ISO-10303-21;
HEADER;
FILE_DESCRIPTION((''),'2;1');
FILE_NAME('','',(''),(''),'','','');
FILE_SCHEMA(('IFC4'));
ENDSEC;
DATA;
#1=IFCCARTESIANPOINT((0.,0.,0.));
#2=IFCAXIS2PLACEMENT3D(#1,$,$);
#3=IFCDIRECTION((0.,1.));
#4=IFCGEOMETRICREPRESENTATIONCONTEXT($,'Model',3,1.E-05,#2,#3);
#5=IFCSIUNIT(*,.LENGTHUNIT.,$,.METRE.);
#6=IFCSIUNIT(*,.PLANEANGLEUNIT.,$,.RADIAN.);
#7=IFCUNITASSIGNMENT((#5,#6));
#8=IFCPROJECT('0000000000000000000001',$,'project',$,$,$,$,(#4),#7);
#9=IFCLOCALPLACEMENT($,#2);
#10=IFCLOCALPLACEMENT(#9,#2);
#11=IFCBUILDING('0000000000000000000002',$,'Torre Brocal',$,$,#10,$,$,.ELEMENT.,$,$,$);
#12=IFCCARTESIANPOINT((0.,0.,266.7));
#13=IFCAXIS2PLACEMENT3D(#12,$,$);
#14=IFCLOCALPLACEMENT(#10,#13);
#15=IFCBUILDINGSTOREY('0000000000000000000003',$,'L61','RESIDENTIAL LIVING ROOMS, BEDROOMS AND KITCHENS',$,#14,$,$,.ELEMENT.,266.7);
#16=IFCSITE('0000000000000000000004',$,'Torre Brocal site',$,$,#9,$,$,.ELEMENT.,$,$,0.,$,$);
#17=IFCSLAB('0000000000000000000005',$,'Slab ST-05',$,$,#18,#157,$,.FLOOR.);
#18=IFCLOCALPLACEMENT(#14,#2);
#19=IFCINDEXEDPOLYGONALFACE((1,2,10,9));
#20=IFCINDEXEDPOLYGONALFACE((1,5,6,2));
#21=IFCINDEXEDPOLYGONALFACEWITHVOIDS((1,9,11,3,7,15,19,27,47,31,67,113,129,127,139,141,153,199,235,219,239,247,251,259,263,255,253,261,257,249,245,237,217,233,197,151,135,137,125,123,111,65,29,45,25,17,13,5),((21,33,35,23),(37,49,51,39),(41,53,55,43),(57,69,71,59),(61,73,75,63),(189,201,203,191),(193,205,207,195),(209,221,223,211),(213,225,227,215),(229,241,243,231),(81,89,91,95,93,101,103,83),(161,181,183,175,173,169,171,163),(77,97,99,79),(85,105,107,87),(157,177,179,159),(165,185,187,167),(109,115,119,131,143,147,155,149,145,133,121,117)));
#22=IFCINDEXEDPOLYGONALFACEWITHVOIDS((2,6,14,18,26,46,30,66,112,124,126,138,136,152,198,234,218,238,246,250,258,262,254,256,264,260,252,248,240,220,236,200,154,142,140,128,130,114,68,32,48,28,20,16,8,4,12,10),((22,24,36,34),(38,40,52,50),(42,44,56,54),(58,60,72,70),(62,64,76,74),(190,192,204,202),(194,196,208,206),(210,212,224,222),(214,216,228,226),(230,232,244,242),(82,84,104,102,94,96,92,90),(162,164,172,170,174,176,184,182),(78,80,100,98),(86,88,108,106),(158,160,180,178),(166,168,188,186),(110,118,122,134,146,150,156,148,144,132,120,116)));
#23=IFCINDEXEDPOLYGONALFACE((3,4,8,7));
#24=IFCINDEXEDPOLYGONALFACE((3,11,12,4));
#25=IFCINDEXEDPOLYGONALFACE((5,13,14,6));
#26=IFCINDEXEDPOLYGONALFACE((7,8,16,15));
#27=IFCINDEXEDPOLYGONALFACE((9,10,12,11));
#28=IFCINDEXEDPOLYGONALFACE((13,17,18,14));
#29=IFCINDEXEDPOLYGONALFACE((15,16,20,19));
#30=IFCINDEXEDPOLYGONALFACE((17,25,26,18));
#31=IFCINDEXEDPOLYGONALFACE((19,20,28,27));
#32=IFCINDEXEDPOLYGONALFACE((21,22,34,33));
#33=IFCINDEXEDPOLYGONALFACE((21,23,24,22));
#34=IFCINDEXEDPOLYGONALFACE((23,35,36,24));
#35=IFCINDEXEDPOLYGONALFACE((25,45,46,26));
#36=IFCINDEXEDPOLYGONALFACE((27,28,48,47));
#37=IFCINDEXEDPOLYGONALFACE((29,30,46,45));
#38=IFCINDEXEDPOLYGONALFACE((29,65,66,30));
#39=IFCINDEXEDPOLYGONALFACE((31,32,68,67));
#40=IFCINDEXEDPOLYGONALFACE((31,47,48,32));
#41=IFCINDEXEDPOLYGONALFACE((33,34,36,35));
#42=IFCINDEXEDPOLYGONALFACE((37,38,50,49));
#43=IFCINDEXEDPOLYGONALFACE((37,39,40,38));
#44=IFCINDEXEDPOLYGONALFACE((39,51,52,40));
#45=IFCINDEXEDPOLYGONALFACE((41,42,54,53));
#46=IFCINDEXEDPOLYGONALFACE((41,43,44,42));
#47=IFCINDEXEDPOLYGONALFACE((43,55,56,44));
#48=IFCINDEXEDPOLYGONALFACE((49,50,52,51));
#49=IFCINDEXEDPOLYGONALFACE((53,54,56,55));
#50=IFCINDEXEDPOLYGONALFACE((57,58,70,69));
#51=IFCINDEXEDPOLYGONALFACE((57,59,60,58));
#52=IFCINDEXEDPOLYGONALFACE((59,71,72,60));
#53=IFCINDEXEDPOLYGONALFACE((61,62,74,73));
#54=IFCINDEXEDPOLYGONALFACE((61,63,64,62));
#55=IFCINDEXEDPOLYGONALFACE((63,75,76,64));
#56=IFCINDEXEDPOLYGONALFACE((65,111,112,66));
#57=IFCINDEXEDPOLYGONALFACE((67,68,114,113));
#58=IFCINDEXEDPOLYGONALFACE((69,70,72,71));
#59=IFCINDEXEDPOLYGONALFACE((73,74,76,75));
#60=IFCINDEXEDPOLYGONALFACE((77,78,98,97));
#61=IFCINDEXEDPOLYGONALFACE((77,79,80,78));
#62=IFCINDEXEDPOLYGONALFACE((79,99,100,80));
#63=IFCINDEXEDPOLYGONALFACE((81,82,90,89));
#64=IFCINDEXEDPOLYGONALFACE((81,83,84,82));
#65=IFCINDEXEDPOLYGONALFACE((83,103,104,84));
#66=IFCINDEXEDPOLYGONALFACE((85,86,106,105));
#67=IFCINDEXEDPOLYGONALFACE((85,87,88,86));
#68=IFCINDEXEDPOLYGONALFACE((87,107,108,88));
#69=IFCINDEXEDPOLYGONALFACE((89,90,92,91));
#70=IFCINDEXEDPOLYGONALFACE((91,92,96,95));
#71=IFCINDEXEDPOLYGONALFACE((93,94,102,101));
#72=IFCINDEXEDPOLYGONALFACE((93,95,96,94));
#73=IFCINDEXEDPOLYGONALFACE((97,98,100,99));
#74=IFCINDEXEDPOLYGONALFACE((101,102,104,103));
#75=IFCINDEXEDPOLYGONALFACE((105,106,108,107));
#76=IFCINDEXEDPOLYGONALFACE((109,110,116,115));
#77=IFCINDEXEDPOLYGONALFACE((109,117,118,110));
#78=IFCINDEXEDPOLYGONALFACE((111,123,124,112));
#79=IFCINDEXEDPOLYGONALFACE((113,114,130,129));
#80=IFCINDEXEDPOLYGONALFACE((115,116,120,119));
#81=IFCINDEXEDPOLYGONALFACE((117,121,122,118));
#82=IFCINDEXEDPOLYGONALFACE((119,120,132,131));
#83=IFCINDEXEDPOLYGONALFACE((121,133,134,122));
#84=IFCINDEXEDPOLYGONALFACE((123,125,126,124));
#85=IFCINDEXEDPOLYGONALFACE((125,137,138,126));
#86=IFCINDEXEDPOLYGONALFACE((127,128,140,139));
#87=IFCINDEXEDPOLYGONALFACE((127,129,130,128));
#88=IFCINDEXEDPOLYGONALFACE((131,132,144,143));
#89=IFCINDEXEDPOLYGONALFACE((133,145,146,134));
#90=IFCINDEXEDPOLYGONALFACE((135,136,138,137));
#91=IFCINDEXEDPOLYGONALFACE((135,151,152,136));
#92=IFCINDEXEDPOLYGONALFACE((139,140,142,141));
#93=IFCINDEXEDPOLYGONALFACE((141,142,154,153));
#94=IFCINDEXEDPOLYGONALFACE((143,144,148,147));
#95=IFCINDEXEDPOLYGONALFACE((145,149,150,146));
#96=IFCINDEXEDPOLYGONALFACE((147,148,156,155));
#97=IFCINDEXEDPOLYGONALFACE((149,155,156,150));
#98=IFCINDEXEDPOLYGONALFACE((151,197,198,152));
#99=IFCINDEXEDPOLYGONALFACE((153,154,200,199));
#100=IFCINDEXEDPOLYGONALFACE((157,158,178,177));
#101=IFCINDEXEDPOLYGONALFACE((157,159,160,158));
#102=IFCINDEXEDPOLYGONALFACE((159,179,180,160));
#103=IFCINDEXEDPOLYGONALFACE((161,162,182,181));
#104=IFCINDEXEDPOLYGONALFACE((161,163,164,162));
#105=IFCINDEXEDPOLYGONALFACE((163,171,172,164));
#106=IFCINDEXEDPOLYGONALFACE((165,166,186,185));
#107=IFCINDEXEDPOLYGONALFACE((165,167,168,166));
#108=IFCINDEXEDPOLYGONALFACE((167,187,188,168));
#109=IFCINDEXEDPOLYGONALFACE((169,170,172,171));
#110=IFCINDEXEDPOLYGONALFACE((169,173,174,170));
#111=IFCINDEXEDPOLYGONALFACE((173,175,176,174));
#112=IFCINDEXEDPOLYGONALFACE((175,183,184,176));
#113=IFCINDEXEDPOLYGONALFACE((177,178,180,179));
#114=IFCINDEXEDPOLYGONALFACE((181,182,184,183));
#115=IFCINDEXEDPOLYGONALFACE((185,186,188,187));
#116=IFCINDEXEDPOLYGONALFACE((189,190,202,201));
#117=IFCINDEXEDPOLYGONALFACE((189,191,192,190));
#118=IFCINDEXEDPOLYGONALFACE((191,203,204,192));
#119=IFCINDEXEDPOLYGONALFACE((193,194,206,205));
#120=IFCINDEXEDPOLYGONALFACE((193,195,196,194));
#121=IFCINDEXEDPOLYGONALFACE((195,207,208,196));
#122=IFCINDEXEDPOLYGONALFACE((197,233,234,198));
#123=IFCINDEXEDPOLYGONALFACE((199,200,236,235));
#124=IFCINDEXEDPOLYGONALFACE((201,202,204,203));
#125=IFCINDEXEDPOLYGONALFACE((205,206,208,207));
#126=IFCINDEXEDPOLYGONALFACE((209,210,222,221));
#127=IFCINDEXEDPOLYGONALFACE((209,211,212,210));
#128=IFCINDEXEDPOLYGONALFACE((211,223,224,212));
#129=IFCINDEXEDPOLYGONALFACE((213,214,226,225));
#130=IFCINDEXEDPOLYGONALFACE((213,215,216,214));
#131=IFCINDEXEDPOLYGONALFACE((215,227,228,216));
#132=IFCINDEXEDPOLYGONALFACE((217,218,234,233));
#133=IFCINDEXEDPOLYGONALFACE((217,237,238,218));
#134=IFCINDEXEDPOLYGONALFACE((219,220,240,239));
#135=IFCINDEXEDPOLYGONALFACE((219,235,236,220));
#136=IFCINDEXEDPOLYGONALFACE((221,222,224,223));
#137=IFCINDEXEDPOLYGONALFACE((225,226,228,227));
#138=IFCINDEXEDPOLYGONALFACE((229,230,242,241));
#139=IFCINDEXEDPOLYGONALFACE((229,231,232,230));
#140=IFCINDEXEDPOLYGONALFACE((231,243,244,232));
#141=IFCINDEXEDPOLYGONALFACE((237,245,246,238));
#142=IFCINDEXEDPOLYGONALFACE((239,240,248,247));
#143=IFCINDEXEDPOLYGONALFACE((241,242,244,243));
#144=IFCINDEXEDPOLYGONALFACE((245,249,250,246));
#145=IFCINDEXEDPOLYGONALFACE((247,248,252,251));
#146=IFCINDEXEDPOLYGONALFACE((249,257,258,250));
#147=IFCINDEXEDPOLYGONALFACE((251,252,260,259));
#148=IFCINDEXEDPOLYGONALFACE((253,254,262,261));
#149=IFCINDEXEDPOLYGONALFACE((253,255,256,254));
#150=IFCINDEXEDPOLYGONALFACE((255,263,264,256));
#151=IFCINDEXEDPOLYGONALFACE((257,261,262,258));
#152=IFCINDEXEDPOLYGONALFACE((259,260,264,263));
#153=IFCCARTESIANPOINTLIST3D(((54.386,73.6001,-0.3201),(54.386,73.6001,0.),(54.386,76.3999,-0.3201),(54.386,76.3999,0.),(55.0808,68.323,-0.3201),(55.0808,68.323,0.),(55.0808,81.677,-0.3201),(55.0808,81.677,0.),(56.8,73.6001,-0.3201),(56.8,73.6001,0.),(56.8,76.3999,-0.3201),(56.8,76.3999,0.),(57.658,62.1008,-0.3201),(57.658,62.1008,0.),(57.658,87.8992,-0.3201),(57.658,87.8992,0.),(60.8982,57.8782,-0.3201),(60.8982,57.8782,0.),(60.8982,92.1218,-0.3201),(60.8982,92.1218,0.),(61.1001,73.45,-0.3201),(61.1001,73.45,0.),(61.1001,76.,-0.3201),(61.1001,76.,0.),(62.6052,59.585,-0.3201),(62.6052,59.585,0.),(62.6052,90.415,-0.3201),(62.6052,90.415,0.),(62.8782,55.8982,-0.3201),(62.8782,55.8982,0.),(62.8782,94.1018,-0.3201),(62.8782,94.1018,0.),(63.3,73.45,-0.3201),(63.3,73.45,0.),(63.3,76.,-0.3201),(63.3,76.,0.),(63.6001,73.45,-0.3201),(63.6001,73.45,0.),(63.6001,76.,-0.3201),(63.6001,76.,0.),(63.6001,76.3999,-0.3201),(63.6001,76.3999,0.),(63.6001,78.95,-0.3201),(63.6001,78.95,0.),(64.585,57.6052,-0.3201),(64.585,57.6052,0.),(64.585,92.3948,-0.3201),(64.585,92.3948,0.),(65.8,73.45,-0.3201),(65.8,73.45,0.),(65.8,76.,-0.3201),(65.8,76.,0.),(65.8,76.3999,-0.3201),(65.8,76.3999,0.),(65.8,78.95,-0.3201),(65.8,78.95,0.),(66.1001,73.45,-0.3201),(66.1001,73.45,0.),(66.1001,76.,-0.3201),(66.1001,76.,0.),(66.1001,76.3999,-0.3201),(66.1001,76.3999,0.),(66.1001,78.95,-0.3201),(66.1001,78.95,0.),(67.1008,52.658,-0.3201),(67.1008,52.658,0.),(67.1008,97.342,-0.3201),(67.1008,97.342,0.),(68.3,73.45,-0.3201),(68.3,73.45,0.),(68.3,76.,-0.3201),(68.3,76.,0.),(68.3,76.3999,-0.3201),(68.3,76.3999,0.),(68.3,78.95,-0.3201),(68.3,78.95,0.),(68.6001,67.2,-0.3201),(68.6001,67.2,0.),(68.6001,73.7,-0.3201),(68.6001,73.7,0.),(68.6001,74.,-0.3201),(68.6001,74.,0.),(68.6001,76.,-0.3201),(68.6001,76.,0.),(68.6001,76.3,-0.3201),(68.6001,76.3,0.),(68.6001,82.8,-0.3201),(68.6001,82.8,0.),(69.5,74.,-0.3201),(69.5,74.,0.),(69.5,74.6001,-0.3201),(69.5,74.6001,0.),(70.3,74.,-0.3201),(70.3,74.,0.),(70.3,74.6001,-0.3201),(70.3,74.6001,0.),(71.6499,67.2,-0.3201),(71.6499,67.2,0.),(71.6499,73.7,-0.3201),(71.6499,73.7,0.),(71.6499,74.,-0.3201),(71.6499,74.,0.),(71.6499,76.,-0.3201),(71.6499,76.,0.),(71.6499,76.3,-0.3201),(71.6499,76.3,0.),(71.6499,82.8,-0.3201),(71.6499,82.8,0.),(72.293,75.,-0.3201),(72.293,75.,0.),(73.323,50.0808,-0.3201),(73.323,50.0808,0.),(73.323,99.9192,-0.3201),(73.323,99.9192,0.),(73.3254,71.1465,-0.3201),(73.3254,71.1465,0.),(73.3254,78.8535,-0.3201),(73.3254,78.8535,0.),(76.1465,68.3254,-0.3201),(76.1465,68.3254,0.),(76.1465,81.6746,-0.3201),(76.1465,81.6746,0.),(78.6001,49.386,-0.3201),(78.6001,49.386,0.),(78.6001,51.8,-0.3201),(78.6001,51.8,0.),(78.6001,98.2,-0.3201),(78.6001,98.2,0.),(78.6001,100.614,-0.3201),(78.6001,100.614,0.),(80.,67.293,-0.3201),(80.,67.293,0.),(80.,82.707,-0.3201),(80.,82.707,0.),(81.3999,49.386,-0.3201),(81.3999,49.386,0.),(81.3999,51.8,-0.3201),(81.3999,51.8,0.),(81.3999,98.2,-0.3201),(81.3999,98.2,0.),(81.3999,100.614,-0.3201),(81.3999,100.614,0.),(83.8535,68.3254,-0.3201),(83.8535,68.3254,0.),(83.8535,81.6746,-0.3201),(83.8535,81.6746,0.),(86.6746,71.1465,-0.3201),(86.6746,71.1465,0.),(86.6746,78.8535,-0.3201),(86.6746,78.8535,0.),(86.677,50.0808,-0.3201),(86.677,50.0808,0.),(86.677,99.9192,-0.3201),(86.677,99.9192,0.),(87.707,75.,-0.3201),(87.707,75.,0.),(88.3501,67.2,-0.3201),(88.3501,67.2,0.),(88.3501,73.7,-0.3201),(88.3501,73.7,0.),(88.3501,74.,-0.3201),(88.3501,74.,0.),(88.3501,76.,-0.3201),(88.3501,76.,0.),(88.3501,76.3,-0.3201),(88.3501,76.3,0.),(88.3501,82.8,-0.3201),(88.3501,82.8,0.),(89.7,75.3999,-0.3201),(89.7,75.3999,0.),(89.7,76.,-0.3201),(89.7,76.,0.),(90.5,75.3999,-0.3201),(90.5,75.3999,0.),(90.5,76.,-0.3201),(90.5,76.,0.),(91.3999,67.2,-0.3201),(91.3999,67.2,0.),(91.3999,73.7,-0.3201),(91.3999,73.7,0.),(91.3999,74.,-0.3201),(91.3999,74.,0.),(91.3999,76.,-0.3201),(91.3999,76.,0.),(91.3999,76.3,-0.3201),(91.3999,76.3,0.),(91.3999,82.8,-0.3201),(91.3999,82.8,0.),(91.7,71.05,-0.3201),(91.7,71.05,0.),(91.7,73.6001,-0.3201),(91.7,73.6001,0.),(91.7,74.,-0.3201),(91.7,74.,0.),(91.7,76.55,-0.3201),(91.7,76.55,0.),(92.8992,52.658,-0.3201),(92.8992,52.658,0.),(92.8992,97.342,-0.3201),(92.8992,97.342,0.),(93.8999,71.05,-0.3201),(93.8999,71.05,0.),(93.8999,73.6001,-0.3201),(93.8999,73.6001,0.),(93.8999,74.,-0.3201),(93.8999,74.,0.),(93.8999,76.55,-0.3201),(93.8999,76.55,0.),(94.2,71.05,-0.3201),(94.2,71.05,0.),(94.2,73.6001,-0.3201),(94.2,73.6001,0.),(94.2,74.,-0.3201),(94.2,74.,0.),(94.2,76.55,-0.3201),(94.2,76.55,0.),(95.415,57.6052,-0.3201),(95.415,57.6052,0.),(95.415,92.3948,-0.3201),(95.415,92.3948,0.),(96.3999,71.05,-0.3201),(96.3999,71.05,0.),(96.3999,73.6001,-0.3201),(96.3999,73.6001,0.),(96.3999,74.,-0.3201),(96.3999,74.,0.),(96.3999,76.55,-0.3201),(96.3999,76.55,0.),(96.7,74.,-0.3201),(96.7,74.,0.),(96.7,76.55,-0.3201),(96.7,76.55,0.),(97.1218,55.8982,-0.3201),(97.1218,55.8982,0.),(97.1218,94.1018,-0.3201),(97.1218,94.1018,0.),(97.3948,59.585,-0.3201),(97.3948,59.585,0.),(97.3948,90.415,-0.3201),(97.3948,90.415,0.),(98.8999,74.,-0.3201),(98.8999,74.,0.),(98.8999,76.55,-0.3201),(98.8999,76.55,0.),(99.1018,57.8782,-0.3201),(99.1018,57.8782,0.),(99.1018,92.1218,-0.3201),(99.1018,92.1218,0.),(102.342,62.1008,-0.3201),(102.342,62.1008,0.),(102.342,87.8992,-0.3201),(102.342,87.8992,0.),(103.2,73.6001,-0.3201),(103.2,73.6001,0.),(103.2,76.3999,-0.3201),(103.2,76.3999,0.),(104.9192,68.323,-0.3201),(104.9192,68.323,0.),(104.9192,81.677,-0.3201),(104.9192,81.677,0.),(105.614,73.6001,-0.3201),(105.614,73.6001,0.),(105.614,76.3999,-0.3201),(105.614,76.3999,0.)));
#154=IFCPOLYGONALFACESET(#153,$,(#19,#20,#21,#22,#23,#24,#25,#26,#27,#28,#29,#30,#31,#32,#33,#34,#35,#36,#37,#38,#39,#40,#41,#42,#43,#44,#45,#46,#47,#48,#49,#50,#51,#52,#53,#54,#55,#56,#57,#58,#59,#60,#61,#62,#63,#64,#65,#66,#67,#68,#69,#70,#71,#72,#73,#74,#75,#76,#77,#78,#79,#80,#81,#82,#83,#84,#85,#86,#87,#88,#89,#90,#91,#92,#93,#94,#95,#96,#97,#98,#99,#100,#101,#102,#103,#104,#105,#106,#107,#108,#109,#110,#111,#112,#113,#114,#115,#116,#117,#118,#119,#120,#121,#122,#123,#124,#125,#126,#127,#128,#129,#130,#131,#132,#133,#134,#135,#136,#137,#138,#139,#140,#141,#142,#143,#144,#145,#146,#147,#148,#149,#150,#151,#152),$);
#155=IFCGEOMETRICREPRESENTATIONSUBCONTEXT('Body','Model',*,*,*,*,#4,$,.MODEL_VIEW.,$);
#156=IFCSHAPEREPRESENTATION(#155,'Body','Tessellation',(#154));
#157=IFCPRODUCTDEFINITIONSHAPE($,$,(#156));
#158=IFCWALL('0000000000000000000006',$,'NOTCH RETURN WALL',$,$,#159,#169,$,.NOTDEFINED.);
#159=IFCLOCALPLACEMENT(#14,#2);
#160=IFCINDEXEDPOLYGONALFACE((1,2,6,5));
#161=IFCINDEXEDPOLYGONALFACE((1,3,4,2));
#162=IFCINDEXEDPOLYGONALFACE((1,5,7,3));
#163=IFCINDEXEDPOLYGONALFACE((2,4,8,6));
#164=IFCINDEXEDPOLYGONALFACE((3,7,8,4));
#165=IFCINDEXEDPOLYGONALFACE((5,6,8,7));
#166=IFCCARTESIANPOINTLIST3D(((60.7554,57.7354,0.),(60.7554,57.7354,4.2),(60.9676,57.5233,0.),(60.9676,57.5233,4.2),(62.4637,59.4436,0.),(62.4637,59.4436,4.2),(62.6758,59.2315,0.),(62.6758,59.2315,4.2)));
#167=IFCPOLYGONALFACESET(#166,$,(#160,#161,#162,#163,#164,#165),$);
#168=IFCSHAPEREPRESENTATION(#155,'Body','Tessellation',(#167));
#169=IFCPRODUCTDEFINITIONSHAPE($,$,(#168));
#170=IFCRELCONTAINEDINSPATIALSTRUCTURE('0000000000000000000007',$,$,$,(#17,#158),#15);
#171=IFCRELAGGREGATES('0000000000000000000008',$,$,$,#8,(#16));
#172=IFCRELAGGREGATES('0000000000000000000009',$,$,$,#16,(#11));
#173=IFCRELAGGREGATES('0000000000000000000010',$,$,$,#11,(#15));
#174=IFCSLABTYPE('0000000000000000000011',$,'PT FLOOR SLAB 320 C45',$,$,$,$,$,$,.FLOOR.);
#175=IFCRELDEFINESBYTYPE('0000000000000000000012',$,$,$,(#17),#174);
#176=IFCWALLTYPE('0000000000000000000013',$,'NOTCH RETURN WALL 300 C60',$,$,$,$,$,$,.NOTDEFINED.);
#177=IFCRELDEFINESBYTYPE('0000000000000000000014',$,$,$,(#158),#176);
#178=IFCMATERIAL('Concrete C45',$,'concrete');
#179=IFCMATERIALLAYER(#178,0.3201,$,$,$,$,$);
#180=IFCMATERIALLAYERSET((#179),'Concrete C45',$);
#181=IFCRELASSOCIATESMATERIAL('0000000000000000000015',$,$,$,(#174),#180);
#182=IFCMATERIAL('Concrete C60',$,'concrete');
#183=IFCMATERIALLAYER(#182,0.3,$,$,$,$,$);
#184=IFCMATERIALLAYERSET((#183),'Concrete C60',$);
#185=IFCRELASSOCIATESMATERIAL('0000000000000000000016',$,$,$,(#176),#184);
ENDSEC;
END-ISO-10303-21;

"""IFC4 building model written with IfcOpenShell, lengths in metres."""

from ifc_helpers import new_model, si_unit, direction, frame, frame_2d, origin, place, context, subcontext, project, spatial, polyline, rectangle, outline, extrude, material, layer, layer_set, type_object, element, save


model = new_model("IFC4")

# Units and contexts
model_context = context("Model", 3, precision=1e-05, world=origin(), true_north=direction((0.0, 1.0)))
body_context = subcontext(model_context, "Body", "Model", "MODEL_VIEW")
ifc_project = project(units=[si_unit("LENGTHUNIT", "METRE"), si_unit("PLANEANGLEUNIT", "RADIAN")], contexts=[model_context])

# Site, building, storey
site_placement = place(None, origin())
site = spatial("IfcSite", under=ifc_project, at=site_placement, Name="Torre Brocal site", CompositionType="ELEMENT", RefElevation=0.0)
building_placement = place(site_placement, origin())
building = spatial("IfcBuilding", under=site, at=building_placement, Name="Torre Brocal", CompositionType="ELEMENT")
storey_placement = place(building_placement, frame((0.0, 0.0, 266.7)))
storey = spatial("IfcBuildingStorey", under=building, at=storey_placement, Name="L61", Description="RESIDENTIAL LIVING ROOMS, BEDROOMS AND KITCHENS", CompositionType="ELEMENT", Elevation=266.7)

# Slab
ifc_material_1 = material(Name="Concrete C45", Category="concrete")
ifc_layer_1 = layer(ifc_material_1, 0.3201)
ifc_layer_set_1 = layer_set([ifc_layer_1], Name="Concrete C45")
slab_type_1 = type_object("IfcSlabType", Name="PT FLOOR SLAB 320 C45", PredefinedType="FLOOR", material=ifc_layer_set_1)
slab_1_placement = place(storey_placement, frame((0.0, 0.0, -0.3201)))
element("IfcSlab", 1, at=slab_1_placement, inside=storey, type_object=slab_type_1, Name="Slab ST-05", PredefinedType="FLOOR", context=body_context, shape_type="SweptSolid", body=[
    extrude(outline(polyline([(103.2, 76.3999), (103.2, 73.6001), (105.614, 73.6001), (104.9192, 68.323), (102.342, 62.1008), (99.1018, 57.8782), (97.3948, 59.585), (95.415, 57.6052), (97.1218, 55.8982), (92.8992, 52.658), (86.677, 50.0808), (81.3999, 49.386), (81.3999, 51.8), (78.6001, 51.8), (78.6001, 49.386), (73.323, 50.0808), (67.1008, 52.658), (62.8782, 55.8982), (64.585, 57.6052), (62.6052, 59.585), (60.8982, 57.8782), (57.658, 62.1008), (55.0808, 68.323), (54.386, 73.6001), (56.8, 73.6001), (56.8, 76.3999), (54.386, 76.3999), (55.0808, 81.677), (57.658, 87.8992), (60.8982, 92.1218), (62.6052, 90.415), (64.585, 92.3948), (62.8782, 94.1018), (67.1008, 97.342), (73.323, 99.9192), (78.6001, 100.614), (78.6001, 98.2), (81.3999, 98.2), (81.3999, 100.614), (86.677, 99.9192), (92.8992, 97.342), (97.1218, 94.1018), (95.415, 92.3948), (97.3948, 90.415), (99.1018, 92.1218), (102.342, 87.8992), (104.9192, 81.677), (105.614, 76.3999), (103.2, 76.3999)]), holes=[polyline([(98.8999, 76.55), (96.7, 76.55), (96.7, 74.0), (98.8999, 74.0), (98.8999, 76.55)]), polyline([(96.3999, 76.55), (94.2, 76.55), (94.2, 74.0), (96.3999, 74.0), (96.3999, 76.55)]), polyline([(96.3999, 73.6001), (94.2, 73.6001), (94.2, 71.05), (96.3999, 71.05), (96.3999, 73.6001)]), polyline([(93.8999, 76.55), (91.7, 76.55), (91.7, 74.0), (93.8999, 74.0), (93.8999, 76.55)]), polyline([(93.8999, 73.6001), (91.7, 73.6001), (91.7, 71.05), (93.8999, 71.05), (93.8999, 73.6001)]), polyline([(89.7, 76.0), (88.3501, 76.0), (88.3501, 74.0), (91.3999, 74.0), (91.3999, 76.0), (90.5, 76.0), (90.5, 75.3999), (89.7, 75.3999), (89.7, 76.0)]), polyline([(91.3999, 82.8), (88.3501, 82.8), (88.3501, 76.3), (91.3999, 76.3), (91.3999, 82.8)]), polyline([(91.3999, 73.7), (88.3501, 73.7), (88.3501, 67.2), (91.3999, 67.2), (91.3999, 73.7)]), polyline([(80.0, 82.707), (76.1465, 81.6746), (73.3254, 78.8535), (72.293, 75.0), (73.3254, 71.1465), (76.1465, 68.3254), (80.0, 67.293), (83.8535, 68.3254), (86.6746, 71.1465), (87.707, 75.0), (86.6746, 78.8535), (83.8535, 81.6746), (80.0, 82.707)]), polyline([(70.3, 74.0), (71.6499, 74.0), (71.6499, 76.0), (68.6001, 76.0), (68.6001, 74.0), (69.5, 74.0), (69.5, 74.6001), (70.3, 74.6001), (70.3, 74.0)]), polyline([(68.6001, 76.3), (71.6499, 76.3), (71.6499, 82.8), (68.6001, 82.8), (68.6001, 76.3)]), polyline([(68.6001, 67.2), (71.6499, 67.2), (71.6499, 73.7), (68.6001, 73.7), (68.6001, 67.2)]), polyline([(66.1001, 76.3999), (68.3, 76.3999), (68.3, 78.95), (66.1001, 78.95), (66.1001, 76.3999)]), polyline([(66.1001, 73.45), (68.3, 73.45), (68.3, 76.0), (66.1001, 76.0), (66.1001, 73.45)]), polyline([(63.6001, 76.3999), (65.8, 76.3999), (65.8, 78.95), (63.6001, 78.95), (63.6001, 76.3999)]), polyline([(63.6001, 73.45), (65.8, 73.45), (65.8, 76.0), (63.6001, 76.0), (63.6001, 73.45)]), polyline([(61.1001, 73.45), (63.3, 73.45), (63.3, 76.0), (61.1001, 76.0), (61.1001, 73.45)])]), origin(), (0.0, 0.0, 1.0), 0.3201),
])

# Wall
ifc_material_2 = material(Name="Concrete C60", Category="concrete")
ifc_layer_2 = layer(ifc_material_2, 0.3)
ifc_layer_set_2 = layer_set([ifc_layer_2], Name="Concrete C60")
wall_type_1 = type_object("IfcWallType", Name="NOTCH RETURN WALL 300 C60", PredefinedType="NOTDEFINED", material=ifc_layer_set_2)
for number, where, z_axis, x_axis, name in (
    (2, (62.5698, 59.3376, 0.0), (0.0, 0.0, 1.0), (-0.707107, -0.707107, 0.0), "NOTCH RETURN WALL"),
):
    element("IfcWall", number, at=place(storey_placement, frame(where, z_axis=z_axis, x_axis=x_axis)), inside=storey, type_object=wall_type_1, Name=name, PredefinedType="NOTDEFINED", context=body_context, shape_type="SweptSolid", body=[
        extrude(rectangle(XDim=2.4158, YDim=0.3, at=frame_2d((1.208, 0.0))), origin(), (0.0, 0.0, 1.0), 4.2),
    ])

save(model, "model.ifc")
